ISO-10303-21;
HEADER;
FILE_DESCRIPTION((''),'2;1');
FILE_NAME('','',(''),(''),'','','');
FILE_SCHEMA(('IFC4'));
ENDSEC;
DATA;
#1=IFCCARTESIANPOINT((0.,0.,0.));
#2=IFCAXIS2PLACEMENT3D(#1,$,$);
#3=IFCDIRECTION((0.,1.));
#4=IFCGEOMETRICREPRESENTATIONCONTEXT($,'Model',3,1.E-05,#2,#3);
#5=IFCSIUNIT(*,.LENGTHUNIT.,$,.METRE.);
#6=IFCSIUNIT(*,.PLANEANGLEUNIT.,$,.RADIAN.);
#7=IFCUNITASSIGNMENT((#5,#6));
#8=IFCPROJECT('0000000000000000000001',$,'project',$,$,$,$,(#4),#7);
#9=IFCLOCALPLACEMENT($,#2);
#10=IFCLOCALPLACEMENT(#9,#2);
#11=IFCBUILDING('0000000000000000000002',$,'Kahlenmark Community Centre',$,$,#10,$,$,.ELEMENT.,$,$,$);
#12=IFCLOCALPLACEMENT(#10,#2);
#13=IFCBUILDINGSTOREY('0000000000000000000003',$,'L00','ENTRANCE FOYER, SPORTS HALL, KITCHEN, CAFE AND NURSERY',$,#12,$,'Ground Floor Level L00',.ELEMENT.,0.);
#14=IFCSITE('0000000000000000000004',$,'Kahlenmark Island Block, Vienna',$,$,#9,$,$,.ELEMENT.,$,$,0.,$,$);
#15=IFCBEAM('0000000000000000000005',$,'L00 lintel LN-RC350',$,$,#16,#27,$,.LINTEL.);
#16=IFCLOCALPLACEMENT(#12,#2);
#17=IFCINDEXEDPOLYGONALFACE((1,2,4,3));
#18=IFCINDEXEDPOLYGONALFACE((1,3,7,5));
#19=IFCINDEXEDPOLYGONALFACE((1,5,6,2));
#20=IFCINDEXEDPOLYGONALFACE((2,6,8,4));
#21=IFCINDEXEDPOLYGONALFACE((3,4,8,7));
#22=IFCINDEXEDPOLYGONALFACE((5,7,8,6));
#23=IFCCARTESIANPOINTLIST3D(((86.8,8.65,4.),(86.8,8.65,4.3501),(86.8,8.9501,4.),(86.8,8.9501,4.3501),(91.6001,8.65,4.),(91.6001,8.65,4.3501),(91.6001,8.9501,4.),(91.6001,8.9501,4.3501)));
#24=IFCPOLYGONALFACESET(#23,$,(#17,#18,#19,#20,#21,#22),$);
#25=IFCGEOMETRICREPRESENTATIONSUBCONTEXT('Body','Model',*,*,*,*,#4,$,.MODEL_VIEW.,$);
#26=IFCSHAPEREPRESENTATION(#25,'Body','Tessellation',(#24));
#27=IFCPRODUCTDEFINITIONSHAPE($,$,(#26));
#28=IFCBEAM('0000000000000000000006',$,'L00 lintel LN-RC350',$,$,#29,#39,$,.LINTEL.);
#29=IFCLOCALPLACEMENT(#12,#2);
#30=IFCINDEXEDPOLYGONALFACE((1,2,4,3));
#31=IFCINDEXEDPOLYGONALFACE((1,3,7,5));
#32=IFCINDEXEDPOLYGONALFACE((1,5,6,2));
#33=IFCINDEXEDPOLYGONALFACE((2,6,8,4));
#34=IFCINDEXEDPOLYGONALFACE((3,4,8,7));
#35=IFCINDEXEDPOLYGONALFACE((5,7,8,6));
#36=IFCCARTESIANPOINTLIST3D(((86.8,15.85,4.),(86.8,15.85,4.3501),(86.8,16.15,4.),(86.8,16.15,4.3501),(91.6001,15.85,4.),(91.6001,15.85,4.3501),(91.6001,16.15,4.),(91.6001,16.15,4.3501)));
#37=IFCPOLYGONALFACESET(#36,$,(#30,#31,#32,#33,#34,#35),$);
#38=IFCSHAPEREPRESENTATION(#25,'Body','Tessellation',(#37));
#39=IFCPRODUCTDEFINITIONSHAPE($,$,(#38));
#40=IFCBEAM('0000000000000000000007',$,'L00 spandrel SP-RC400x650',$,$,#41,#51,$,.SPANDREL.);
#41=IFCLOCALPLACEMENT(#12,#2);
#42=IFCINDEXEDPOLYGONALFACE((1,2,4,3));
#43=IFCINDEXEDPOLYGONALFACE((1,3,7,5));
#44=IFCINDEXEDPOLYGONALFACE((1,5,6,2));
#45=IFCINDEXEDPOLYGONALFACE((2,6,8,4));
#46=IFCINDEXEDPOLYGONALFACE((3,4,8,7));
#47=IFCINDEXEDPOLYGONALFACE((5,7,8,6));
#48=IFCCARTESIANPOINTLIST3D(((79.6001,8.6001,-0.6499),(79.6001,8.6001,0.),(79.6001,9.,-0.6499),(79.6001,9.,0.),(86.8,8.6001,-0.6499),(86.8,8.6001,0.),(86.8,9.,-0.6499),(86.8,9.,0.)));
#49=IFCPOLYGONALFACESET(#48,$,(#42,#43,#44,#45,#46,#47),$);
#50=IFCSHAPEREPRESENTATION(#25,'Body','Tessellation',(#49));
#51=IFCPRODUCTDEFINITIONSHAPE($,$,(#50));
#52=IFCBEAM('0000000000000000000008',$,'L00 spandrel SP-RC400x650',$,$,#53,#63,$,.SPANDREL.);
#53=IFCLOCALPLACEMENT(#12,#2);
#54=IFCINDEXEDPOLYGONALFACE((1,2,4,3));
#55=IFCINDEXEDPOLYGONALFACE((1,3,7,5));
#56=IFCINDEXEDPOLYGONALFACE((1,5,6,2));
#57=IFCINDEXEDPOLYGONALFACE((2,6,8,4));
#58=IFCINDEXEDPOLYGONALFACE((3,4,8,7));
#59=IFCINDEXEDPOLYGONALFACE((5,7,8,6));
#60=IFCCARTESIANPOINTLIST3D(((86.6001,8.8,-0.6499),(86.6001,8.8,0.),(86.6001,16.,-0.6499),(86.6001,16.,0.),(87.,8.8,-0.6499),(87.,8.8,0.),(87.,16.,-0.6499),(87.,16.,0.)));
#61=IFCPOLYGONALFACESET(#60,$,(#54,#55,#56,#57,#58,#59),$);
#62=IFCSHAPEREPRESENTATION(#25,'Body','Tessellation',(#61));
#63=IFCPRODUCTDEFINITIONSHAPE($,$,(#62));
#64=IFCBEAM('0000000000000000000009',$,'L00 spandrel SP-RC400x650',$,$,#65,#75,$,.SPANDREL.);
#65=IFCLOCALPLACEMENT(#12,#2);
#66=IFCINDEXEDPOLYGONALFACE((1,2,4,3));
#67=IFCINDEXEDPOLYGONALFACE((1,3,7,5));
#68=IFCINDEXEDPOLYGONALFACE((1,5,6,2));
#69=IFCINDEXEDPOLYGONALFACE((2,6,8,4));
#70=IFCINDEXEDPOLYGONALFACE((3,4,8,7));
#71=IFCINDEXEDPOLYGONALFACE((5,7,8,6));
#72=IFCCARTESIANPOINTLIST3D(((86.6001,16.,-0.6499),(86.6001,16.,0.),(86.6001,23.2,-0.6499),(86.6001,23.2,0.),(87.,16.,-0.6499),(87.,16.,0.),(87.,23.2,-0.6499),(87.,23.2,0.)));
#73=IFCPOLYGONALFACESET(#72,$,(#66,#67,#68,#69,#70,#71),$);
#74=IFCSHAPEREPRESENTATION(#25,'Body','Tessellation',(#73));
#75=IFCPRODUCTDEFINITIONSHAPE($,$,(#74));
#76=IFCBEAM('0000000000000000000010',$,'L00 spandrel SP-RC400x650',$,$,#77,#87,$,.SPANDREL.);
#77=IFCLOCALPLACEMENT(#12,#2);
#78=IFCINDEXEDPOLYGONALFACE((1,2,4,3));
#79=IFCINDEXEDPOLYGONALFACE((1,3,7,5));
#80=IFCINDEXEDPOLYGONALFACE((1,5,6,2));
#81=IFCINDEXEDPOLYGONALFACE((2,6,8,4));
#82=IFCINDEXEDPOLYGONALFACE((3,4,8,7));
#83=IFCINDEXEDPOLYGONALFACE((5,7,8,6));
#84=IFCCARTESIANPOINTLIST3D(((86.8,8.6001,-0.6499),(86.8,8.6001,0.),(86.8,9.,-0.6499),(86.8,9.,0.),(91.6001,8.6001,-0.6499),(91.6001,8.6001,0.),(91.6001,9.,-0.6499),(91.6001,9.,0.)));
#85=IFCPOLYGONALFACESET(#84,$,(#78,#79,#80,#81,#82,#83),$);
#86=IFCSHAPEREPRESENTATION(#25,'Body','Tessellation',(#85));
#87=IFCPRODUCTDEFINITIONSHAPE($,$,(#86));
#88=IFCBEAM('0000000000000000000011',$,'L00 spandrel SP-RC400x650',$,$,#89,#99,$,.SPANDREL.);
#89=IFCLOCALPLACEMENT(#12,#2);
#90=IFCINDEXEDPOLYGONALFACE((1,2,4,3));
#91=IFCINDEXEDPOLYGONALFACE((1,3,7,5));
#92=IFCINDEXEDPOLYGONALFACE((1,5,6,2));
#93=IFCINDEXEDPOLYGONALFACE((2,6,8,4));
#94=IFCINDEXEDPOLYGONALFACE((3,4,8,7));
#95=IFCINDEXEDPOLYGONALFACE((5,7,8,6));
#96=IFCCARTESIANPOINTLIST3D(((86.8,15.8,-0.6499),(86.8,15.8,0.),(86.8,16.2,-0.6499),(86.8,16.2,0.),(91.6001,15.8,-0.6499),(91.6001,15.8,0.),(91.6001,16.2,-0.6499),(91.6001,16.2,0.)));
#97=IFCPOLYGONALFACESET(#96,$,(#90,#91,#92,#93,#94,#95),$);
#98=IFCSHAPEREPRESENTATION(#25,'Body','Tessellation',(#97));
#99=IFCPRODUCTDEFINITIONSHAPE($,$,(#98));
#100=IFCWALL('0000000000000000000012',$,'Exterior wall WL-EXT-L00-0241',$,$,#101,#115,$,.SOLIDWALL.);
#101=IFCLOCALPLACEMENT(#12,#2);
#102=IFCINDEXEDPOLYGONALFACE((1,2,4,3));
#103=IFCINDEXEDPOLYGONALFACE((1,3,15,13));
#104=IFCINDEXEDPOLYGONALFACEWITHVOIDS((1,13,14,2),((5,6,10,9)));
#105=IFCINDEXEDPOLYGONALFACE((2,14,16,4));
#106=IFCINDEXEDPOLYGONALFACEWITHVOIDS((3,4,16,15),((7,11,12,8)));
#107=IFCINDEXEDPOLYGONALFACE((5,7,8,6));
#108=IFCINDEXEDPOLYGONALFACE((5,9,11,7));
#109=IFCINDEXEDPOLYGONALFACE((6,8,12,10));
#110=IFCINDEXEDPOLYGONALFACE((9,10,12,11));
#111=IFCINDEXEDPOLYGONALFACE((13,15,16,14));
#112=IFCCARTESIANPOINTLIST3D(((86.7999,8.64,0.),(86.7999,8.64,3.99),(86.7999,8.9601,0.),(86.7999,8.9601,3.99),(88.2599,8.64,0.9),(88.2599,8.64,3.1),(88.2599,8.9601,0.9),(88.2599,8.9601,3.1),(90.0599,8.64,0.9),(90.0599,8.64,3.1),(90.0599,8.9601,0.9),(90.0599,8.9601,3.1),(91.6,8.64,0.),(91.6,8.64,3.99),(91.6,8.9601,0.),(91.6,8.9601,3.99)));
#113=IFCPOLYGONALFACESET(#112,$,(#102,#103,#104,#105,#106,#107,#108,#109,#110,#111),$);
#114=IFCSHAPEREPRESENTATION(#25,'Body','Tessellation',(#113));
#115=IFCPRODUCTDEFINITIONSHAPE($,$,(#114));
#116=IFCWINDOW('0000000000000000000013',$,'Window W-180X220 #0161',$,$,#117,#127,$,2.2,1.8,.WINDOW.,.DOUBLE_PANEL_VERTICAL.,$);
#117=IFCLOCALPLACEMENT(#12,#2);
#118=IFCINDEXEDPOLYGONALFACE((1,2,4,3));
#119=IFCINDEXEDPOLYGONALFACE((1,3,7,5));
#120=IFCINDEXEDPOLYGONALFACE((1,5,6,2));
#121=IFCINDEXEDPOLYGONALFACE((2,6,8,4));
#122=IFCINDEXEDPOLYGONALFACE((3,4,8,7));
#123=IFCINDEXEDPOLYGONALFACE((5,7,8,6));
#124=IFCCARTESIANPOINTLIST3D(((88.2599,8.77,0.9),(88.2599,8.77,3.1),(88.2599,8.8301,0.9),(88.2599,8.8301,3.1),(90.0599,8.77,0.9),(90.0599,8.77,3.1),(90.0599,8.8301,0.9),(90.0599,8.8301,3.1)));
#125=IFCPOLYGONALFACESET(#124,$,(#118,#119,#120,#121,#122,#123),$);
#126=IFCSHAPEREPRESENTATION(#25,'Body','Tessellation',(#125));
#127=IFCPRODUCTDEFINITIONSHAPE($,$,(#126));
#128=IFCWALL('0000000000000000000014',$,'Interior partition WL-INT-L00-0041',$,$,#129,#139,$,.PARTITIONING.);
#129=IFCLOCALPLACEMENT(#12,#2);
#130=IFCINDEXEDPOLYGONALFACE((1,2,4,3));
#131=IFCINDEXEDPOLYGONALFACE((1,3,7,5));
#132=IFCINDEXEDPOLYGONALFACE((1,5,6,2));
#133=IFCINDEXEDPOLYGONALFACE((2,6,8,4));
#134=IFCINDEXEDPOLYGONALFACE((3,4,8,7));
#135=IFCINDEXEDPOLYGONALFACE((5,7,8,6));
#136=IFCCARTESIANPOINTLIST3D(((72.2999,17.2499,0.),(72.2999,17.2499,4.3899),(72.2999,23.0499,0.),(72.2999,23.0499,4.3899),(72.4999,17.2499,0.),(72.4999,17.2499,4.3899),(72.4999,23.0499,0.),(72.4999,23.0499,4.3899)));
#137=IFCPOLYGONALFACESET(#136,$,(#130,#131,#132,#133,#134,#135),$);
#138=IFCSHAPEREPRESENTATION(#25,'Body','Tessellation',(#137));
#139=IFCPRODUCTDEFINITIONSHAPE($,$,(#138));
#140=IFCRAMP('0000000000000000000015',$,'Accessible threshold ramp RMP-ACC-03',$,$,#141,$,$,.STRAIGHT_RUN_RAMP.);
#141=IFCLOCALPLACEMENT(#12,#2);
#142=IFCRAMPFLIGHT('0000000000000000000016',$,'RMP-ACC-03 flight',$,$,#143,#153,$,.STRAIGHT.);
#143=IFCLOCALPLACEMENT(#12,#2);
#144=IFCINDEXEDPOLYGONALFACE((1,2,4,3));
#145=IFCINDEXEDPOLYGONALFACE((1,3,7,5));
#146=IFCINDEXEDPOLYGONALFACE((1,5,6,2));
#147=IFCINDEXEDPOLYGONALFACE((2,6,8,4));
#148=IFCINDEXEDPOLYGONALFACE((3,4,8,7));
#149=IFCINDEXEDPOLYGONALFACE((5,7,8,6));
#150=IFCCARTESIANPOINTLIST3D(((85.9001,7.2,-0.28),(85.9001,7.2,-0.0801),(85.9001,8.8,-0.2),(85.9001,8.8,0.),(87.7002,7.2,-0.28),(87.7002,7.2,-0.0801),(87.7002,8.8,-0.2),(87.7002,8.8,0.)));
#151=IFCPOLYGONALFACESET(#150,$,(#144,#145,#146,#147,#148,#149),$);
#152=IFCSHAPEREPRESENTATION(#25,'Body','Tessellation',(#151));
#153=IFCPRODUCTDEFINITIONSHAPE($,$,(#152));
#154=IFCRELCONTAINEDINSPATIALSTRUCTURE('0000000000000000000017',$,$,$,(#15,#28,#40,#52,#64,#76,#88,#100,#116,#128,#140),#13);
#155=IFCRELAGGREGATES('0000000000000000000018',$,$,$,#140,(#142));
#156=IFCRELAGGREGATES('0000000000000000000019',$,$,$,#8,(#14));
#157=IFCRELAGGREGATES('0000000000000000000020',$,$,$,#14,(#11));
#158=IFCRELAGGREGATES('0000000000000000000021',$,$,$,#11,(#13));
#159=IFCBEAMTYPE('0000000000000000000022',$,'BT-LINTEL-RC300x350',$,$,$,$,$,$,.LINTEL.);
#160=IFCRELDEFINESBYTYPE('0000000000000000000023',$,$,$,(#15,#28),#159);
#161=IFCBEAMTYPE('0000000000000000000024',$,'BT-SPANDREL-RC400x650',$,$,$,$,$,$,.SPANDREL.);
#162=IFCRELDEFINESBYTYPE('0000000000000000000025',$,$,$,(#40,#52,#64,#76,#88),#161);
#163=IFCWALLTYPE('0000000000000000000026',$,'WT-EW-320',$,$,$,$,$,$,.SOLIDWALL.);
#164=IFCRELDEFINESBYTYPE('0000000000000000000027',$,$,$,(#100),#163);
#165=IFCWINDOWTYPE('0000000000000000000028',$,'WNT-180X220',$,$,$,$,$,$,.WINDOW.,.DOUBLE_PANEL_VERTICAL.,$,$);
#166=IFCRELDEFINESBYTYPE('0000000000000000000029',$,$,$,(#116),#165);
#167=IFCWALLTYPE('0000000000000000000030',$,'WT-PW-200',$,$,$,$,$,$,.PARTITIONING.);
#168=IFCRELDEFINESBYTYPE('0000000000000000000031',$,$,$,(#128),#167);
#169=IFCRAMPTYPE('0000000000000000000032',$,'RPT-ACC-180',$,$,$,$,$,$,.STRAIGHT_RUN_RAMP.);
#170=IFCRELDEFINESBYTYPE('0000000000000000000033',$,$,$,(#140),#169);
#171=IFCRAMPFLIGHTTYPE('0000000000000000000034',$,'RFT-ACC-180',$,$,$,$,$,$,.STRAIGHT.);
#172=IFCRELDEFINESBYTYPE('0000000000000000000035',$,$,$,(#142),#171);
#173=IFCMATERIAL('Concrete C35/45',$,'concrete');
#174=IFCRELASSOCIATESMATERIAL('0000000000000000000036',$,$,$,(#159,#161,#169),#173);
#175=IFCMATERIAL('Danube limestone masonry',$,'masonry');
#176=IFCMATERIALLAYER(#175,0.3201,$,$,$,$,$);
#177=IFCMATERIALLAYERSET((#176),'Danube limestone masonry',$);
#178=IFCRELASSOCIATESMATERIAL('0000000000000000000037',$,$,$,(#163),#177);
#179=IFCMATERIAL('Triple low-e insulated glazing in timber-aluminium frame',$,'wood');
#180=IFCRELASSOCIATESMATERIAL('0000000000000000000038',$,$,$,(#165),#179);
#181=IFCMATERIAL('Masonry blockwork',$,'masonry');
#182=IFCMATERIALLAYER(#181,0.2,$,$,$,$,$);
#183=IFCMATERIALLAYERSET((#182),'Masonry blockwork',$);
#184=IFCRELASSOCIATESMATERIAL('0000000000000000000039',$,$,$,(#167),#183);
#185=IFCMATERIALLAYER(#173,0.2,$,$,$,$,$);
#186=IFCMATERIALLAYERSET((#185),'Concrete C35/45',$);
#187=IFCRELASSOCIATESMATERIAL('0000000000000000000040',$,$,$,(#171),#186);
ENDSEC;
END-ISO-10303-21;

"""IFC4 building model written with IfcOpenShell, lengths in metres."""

from ifc_helpers import new_model, si_unit, direction, frame, frame_2d, origin, origin_2d, place, context, subcontext, project, spatial, polyline, rectangle, outline, extrude, material, layer, layer_set, material_profile, profile_set, type_object, element, fill, aggregate, save


model = new_model("IFC4")

# Units and contexts
model_context = context("Model", 3, precision=1e-05, world=origin(), true_north=direction((0.0, 1.0)))
body_context = subcontext(model_context, "Body", "Model", "MODEL_VIEW")
ifc_project = project(units=[si_unit("LENGTHUNIT", "METRE"), si_unit("PLANEANGLEUNIT", "RADIAN")], contexts=[model_context])

# Site, building, storey
site_placement = place(None, origin())
site = spatial("IfcSite", under=ifc_project, at=site_placement, Name="Kahlenmark Island Block, Vienna", CompositionType="ELEMENT", RefElevation=0.0)
building_placement = place(site_placement, origin())
building = spatial("IfcBuilding", under=site, at=building_placement, Name="Kahlenmark Community Centre", CompositionType="ELEMENT")
storey_placement = place(building_placement, origin())
storey = spatial("IfcBuildingStorey", under=building, at=storey_placement, Name="L00", Description="ENTRANCE FOYER, SPORTS HALL, KITCHEN, CAFE AND NURSERY", LongName="Ground Floor Level L00", CompositionType="ELEMENT", Elevation=0.0)

# Shared definitions
ifc_material_1 = material(Name="Concrete C35/45", Category="concrete")

# Beams
ifc_material_profile_1 = material_profile(ifc_material_1, rectangle(XDim=0.3, YDim=0.3501, at=origin_2d()), Name="RC 300x350")
ifc_profile_set_1 = profile_set([ifc_material_profile_1], Name="Concrete C35/45")
beam_type_1 = type_object("IfcBeamType", Name="BT-LINTEL-RC300x350", PredefinedType="LINTEL", material=ifc_profile_set_1)
for number, where, z_axis, x_axis, name in (
    (1, (86.8, 8.8, 4.175), (1.0, 0.0, 0.0), (0.0, 1.0, 0.0), "L00 lintel LN-RC350"),
    (2, (86.8, 16.0, 4.175), (1.0, 0.0, 0.0), (0.0, 1.0, 0.0), "L00 lintel LN-RC350"),
):
    element("IfcBeam", number, at=place(storey_placement, frame(where, z_axis=z_axis, x_axis=x_axis)), inside=storey, type_object=beam_type_1, Name=name, PredefinedType="LINTEL", context=body_context, shape_type="SweptSolid", body=[
        extrude(rectangle(XDim=0.3, YDim=0.3501, at=origin_2d()), origin(), (0.0, 0.0, 1.0), 4.8),
    ])
ifc_material_profile_2 = material_profile(ifc_material_1, rectangle(XDim=0.3999, YDim=0.6499, at=origin_2d()), Name="RC 400x650")
ifc_profile_set_2 = profile_set([ifc_material_profile_2], Name="Concrete C35/45")
beam_type_2 = type_object("IfcBeamType", Name="BT-SPANDREL-RC400x650", PredefinedType="SPANDREL", material=ifc_profile_set_2)
for number, where, z_axis, x_axis, name in (
    (3, (79.6001, 8.8, -0.325), (1.0, 0.0, 0.0), (0.0, 1.0, 0.0), "L00 spandrel SP-RC400x650"),
    (4, (86.8, 8.8, -0.325), (0.0, 1.0, 0.0), (-1.0, 0.0, 0.0), "L00 spandrel SP-RC400x650"),
    (5, (86.8, 16.0, -0.325), (0.0, 1.0, 0.0), (-1.0, 0.0, 0.0), "L00 spandrel SP-RC400x650"),
):
    element("IfcBeam", number, at=place(storey_placement, frame(where, z_axis=z_axis, x_axis=x_axis)), inside=storey, type_object=beam_type_2, Name=name, PredefinedType="SPANDREL", context=body_context, shape_type="SweptSolid", body=[
        extrude(rectangle(XDim=0.3999, YDim=0.6499, at=origin_2d()), origin(), (0.0, 0.0, 1.0), 7.2),
    ])
for number, where, z_axis, x_axis, name in (
    (6, (86.8, 8.8, -0.325), (1.0, 0.0, 0.0), (0.0, 1.0, 0.0), "L00 spandrel SP-RC400x650"),
    (7, (86.8, 16.0, -0.325), (1.0, 0.0, 0.0), (0.0, 1.0, 0.0), "L00 spandrel SP-RC400x650"),
):
    element("IfcBeam", number, at=place(storey_placement, frame(where, z_axis=z_axis, x_axis=x_axis)), inside=storey, type_object=beam_type_2, Name=name, PredefinedType="SPANDREL", context=body_context, shape_type="SweptSolid", body=[
        extrude(rectangle(XDim=0.3999, YDim=0.6499, at=origin_2d()), origin(), (0.0, 0.0, 1.0), 4.8),
    ])

# Shared definitions
ifc_material_2 = material(Name="Danube limestone masonry", Category="masonry")
ifc_layer_1 = layer(ifc_material_2, 0.3201)
ifc_layer_set_1 = layer_set([ifc_layer_1], Name="Danube limestone masonry")
wall_type_1 = type_object("IfcWallType", Name="WT-EW-320", PredefinedType="SOLIDWALL", material=ifc_layer_set_1)

# Wall, opening, window
wall_1_placement = place(storey_placement, frame((86.8, 8.8, 0.0), z_axis=(0.0, 0.0, 1.0), x_axis=(1.0, 0.0, 0.0)))
wall_1 = element("IfcWall", 8, at=wall_1_placement, inside=storey, type_object=wall_type_1, Name="Exterior wall WL-EXT-L00-0241", PredefinedType="SOLIDWALL", context=body_context, shape_type="SweptSolid", body=[
    extrude(rectangle(XDim=4.8, YDim=0.3201, at=frame_2d((2.3999, 0.0))), origin(), (0.0, 0.0, 1.0), 3.99),
])
opening_1_placement = place(wall_1_placement, frame((1.46, 0.0, 0.8999)))
opening_1 = element("IfcOpeningElement", 9, at=opening_1_placement, cuts=wall_1, PredefinedType="OPENING", context=body_context, shape_type="SweptSolid", body=[
    extrude(rectangle(XDim=1.8, YDim=2.2, at=frame_2d((0.8999, 1.1001))), frame((0.0, 0.1699, 0.0), z_axis=(0.0, -1.0, 0.0), x_axis=(1.0, 0.0, 0.0)), (0.0, 0.0, 1.0), 0.3401),
])
ifc_material_3 = material(Name="Triple low-e insulated glazing in timber-aluminium frame", Category="wood")
window_type = type_object("IfcWindowType", Name="WNT-180X220", PartitioningType="DOUBLE_PANEL_VERTICAL", PredefinedType="WINDOW", material=ifc_material_3)
window_placement = place(opening_1_placement, origin())
window = element("IfcWindow", 10, at=window_placement, inside=storey, type_object=window_type, Name="Window W-180X220 #0161", OverallHeight=2.2, OverallWidth=1.8, PartitioningType="DOUBLE_PANEL_VERTICAL", PredefinedType="WINDOW", context=body_context, shape_type="SweptSolid", body=[
    extrude(rectangle(XDim=1.8, YDim=2.2, at=frame_2d((0.8999, 1.1001))), frame((0.0, 0.03, 0.0), z_axis=(0.0, -1.0, 0.0), x_axis=(1.0, 0.0, 0.0)), (0.0, 0.0, 1.0), 0.0601),
])
fill(opening_1, window)

# Wall
ifc_material_4 = material(Name="Masonry blockwork", Category="masonry")
ifc_layer_2 = layer(ifc_material_4, 0.2)
ifc_layer_set_2 = layer_set([ifc_layer_2], Name="Masonry blockwork")
wall_type_2 = type_object("IfcWallType", Name="WT-PW-200", PredefinedType="PARTITIONING", material=ifc_layer_set_2)
wall_2_placement = place(storey_placement, frame((72.3999, 17.25, 0.0), z_axis=(0.0, 0.0, 1.0), x_axis=(0.0, 1.0, 0.0)))
element("IfcWall", 11, at=wall_2_placement, inside=storey, type_object=wall_type_2, Name="Interior partition WL-INT-L00-0041", PredefinedType="PARTITIONING", context=body_context, shape_type="SweptSolid", body=[
    extrude(rectangle(XDim=5.8, YDim=0.2, at=frame_2d((2.8999, 0.0))), origin(), (0.0, 0.0, 1.0), 4.3899),
])

# Ramp, ramp flight
ramp_type = type_object("IfcRampType", Name="RPT-ACC-180", PredefinedType="STRAIGHT_RUN_RAMP", material=ifc_material_1)
ramp_placement = place(storey_placement, origin())
ramp = element("IfcRamp", 12, at=ramp_placement, inside=storey, type_object=ramp_type, Name="Accessible threshold ramp RMP-ACC-03", PredefinedType="STRAIGHT_RUN_RAMP")
ifc_layer_3 = layer(ifc_material_1, 0.2)
ifc_layer_set_3 = layer_set([ifc_layer_3], Name="Concrete C35/45")
ramp_flight_type = type_object("IfcRampFlightType", Name="RFT-ACC-180", PredefinedType="STRAIGHT", material=ifc_layer_set_3)
ramp_flight_placement = place(storey_placement, frame((86.8, 7.2, -0.0801), z_axis=(0.0, 0.0, 1.0), x_axis=(0.0, 1.0, 0.0)))
ramp_flight = element("IfcRampFlight", 13, at=ramp_flight_placement, type_object=ramp_flight_type, Name="RMP-ACC-03 flight", PredefinedType="STRAIGHT", context=body_context, shape_type="SweptSolid", body=[
    extrude(outline(polyline([(0.0, 0.0), (1.6001, 0.0801), (1.6001, -0.1199), (0.0, -0.2), (0.0, 0.0)])), frame((0.0, 0.8999, 0.0), z_axis=(0.0, -1.0, 0.0), x_axis=(1.0, 0.0, 0.0)), (0.0, 0.0, 1.0), 1.8),
])
aggregate(ramp, [ramp_flight])

save(model, "model.ifc")
